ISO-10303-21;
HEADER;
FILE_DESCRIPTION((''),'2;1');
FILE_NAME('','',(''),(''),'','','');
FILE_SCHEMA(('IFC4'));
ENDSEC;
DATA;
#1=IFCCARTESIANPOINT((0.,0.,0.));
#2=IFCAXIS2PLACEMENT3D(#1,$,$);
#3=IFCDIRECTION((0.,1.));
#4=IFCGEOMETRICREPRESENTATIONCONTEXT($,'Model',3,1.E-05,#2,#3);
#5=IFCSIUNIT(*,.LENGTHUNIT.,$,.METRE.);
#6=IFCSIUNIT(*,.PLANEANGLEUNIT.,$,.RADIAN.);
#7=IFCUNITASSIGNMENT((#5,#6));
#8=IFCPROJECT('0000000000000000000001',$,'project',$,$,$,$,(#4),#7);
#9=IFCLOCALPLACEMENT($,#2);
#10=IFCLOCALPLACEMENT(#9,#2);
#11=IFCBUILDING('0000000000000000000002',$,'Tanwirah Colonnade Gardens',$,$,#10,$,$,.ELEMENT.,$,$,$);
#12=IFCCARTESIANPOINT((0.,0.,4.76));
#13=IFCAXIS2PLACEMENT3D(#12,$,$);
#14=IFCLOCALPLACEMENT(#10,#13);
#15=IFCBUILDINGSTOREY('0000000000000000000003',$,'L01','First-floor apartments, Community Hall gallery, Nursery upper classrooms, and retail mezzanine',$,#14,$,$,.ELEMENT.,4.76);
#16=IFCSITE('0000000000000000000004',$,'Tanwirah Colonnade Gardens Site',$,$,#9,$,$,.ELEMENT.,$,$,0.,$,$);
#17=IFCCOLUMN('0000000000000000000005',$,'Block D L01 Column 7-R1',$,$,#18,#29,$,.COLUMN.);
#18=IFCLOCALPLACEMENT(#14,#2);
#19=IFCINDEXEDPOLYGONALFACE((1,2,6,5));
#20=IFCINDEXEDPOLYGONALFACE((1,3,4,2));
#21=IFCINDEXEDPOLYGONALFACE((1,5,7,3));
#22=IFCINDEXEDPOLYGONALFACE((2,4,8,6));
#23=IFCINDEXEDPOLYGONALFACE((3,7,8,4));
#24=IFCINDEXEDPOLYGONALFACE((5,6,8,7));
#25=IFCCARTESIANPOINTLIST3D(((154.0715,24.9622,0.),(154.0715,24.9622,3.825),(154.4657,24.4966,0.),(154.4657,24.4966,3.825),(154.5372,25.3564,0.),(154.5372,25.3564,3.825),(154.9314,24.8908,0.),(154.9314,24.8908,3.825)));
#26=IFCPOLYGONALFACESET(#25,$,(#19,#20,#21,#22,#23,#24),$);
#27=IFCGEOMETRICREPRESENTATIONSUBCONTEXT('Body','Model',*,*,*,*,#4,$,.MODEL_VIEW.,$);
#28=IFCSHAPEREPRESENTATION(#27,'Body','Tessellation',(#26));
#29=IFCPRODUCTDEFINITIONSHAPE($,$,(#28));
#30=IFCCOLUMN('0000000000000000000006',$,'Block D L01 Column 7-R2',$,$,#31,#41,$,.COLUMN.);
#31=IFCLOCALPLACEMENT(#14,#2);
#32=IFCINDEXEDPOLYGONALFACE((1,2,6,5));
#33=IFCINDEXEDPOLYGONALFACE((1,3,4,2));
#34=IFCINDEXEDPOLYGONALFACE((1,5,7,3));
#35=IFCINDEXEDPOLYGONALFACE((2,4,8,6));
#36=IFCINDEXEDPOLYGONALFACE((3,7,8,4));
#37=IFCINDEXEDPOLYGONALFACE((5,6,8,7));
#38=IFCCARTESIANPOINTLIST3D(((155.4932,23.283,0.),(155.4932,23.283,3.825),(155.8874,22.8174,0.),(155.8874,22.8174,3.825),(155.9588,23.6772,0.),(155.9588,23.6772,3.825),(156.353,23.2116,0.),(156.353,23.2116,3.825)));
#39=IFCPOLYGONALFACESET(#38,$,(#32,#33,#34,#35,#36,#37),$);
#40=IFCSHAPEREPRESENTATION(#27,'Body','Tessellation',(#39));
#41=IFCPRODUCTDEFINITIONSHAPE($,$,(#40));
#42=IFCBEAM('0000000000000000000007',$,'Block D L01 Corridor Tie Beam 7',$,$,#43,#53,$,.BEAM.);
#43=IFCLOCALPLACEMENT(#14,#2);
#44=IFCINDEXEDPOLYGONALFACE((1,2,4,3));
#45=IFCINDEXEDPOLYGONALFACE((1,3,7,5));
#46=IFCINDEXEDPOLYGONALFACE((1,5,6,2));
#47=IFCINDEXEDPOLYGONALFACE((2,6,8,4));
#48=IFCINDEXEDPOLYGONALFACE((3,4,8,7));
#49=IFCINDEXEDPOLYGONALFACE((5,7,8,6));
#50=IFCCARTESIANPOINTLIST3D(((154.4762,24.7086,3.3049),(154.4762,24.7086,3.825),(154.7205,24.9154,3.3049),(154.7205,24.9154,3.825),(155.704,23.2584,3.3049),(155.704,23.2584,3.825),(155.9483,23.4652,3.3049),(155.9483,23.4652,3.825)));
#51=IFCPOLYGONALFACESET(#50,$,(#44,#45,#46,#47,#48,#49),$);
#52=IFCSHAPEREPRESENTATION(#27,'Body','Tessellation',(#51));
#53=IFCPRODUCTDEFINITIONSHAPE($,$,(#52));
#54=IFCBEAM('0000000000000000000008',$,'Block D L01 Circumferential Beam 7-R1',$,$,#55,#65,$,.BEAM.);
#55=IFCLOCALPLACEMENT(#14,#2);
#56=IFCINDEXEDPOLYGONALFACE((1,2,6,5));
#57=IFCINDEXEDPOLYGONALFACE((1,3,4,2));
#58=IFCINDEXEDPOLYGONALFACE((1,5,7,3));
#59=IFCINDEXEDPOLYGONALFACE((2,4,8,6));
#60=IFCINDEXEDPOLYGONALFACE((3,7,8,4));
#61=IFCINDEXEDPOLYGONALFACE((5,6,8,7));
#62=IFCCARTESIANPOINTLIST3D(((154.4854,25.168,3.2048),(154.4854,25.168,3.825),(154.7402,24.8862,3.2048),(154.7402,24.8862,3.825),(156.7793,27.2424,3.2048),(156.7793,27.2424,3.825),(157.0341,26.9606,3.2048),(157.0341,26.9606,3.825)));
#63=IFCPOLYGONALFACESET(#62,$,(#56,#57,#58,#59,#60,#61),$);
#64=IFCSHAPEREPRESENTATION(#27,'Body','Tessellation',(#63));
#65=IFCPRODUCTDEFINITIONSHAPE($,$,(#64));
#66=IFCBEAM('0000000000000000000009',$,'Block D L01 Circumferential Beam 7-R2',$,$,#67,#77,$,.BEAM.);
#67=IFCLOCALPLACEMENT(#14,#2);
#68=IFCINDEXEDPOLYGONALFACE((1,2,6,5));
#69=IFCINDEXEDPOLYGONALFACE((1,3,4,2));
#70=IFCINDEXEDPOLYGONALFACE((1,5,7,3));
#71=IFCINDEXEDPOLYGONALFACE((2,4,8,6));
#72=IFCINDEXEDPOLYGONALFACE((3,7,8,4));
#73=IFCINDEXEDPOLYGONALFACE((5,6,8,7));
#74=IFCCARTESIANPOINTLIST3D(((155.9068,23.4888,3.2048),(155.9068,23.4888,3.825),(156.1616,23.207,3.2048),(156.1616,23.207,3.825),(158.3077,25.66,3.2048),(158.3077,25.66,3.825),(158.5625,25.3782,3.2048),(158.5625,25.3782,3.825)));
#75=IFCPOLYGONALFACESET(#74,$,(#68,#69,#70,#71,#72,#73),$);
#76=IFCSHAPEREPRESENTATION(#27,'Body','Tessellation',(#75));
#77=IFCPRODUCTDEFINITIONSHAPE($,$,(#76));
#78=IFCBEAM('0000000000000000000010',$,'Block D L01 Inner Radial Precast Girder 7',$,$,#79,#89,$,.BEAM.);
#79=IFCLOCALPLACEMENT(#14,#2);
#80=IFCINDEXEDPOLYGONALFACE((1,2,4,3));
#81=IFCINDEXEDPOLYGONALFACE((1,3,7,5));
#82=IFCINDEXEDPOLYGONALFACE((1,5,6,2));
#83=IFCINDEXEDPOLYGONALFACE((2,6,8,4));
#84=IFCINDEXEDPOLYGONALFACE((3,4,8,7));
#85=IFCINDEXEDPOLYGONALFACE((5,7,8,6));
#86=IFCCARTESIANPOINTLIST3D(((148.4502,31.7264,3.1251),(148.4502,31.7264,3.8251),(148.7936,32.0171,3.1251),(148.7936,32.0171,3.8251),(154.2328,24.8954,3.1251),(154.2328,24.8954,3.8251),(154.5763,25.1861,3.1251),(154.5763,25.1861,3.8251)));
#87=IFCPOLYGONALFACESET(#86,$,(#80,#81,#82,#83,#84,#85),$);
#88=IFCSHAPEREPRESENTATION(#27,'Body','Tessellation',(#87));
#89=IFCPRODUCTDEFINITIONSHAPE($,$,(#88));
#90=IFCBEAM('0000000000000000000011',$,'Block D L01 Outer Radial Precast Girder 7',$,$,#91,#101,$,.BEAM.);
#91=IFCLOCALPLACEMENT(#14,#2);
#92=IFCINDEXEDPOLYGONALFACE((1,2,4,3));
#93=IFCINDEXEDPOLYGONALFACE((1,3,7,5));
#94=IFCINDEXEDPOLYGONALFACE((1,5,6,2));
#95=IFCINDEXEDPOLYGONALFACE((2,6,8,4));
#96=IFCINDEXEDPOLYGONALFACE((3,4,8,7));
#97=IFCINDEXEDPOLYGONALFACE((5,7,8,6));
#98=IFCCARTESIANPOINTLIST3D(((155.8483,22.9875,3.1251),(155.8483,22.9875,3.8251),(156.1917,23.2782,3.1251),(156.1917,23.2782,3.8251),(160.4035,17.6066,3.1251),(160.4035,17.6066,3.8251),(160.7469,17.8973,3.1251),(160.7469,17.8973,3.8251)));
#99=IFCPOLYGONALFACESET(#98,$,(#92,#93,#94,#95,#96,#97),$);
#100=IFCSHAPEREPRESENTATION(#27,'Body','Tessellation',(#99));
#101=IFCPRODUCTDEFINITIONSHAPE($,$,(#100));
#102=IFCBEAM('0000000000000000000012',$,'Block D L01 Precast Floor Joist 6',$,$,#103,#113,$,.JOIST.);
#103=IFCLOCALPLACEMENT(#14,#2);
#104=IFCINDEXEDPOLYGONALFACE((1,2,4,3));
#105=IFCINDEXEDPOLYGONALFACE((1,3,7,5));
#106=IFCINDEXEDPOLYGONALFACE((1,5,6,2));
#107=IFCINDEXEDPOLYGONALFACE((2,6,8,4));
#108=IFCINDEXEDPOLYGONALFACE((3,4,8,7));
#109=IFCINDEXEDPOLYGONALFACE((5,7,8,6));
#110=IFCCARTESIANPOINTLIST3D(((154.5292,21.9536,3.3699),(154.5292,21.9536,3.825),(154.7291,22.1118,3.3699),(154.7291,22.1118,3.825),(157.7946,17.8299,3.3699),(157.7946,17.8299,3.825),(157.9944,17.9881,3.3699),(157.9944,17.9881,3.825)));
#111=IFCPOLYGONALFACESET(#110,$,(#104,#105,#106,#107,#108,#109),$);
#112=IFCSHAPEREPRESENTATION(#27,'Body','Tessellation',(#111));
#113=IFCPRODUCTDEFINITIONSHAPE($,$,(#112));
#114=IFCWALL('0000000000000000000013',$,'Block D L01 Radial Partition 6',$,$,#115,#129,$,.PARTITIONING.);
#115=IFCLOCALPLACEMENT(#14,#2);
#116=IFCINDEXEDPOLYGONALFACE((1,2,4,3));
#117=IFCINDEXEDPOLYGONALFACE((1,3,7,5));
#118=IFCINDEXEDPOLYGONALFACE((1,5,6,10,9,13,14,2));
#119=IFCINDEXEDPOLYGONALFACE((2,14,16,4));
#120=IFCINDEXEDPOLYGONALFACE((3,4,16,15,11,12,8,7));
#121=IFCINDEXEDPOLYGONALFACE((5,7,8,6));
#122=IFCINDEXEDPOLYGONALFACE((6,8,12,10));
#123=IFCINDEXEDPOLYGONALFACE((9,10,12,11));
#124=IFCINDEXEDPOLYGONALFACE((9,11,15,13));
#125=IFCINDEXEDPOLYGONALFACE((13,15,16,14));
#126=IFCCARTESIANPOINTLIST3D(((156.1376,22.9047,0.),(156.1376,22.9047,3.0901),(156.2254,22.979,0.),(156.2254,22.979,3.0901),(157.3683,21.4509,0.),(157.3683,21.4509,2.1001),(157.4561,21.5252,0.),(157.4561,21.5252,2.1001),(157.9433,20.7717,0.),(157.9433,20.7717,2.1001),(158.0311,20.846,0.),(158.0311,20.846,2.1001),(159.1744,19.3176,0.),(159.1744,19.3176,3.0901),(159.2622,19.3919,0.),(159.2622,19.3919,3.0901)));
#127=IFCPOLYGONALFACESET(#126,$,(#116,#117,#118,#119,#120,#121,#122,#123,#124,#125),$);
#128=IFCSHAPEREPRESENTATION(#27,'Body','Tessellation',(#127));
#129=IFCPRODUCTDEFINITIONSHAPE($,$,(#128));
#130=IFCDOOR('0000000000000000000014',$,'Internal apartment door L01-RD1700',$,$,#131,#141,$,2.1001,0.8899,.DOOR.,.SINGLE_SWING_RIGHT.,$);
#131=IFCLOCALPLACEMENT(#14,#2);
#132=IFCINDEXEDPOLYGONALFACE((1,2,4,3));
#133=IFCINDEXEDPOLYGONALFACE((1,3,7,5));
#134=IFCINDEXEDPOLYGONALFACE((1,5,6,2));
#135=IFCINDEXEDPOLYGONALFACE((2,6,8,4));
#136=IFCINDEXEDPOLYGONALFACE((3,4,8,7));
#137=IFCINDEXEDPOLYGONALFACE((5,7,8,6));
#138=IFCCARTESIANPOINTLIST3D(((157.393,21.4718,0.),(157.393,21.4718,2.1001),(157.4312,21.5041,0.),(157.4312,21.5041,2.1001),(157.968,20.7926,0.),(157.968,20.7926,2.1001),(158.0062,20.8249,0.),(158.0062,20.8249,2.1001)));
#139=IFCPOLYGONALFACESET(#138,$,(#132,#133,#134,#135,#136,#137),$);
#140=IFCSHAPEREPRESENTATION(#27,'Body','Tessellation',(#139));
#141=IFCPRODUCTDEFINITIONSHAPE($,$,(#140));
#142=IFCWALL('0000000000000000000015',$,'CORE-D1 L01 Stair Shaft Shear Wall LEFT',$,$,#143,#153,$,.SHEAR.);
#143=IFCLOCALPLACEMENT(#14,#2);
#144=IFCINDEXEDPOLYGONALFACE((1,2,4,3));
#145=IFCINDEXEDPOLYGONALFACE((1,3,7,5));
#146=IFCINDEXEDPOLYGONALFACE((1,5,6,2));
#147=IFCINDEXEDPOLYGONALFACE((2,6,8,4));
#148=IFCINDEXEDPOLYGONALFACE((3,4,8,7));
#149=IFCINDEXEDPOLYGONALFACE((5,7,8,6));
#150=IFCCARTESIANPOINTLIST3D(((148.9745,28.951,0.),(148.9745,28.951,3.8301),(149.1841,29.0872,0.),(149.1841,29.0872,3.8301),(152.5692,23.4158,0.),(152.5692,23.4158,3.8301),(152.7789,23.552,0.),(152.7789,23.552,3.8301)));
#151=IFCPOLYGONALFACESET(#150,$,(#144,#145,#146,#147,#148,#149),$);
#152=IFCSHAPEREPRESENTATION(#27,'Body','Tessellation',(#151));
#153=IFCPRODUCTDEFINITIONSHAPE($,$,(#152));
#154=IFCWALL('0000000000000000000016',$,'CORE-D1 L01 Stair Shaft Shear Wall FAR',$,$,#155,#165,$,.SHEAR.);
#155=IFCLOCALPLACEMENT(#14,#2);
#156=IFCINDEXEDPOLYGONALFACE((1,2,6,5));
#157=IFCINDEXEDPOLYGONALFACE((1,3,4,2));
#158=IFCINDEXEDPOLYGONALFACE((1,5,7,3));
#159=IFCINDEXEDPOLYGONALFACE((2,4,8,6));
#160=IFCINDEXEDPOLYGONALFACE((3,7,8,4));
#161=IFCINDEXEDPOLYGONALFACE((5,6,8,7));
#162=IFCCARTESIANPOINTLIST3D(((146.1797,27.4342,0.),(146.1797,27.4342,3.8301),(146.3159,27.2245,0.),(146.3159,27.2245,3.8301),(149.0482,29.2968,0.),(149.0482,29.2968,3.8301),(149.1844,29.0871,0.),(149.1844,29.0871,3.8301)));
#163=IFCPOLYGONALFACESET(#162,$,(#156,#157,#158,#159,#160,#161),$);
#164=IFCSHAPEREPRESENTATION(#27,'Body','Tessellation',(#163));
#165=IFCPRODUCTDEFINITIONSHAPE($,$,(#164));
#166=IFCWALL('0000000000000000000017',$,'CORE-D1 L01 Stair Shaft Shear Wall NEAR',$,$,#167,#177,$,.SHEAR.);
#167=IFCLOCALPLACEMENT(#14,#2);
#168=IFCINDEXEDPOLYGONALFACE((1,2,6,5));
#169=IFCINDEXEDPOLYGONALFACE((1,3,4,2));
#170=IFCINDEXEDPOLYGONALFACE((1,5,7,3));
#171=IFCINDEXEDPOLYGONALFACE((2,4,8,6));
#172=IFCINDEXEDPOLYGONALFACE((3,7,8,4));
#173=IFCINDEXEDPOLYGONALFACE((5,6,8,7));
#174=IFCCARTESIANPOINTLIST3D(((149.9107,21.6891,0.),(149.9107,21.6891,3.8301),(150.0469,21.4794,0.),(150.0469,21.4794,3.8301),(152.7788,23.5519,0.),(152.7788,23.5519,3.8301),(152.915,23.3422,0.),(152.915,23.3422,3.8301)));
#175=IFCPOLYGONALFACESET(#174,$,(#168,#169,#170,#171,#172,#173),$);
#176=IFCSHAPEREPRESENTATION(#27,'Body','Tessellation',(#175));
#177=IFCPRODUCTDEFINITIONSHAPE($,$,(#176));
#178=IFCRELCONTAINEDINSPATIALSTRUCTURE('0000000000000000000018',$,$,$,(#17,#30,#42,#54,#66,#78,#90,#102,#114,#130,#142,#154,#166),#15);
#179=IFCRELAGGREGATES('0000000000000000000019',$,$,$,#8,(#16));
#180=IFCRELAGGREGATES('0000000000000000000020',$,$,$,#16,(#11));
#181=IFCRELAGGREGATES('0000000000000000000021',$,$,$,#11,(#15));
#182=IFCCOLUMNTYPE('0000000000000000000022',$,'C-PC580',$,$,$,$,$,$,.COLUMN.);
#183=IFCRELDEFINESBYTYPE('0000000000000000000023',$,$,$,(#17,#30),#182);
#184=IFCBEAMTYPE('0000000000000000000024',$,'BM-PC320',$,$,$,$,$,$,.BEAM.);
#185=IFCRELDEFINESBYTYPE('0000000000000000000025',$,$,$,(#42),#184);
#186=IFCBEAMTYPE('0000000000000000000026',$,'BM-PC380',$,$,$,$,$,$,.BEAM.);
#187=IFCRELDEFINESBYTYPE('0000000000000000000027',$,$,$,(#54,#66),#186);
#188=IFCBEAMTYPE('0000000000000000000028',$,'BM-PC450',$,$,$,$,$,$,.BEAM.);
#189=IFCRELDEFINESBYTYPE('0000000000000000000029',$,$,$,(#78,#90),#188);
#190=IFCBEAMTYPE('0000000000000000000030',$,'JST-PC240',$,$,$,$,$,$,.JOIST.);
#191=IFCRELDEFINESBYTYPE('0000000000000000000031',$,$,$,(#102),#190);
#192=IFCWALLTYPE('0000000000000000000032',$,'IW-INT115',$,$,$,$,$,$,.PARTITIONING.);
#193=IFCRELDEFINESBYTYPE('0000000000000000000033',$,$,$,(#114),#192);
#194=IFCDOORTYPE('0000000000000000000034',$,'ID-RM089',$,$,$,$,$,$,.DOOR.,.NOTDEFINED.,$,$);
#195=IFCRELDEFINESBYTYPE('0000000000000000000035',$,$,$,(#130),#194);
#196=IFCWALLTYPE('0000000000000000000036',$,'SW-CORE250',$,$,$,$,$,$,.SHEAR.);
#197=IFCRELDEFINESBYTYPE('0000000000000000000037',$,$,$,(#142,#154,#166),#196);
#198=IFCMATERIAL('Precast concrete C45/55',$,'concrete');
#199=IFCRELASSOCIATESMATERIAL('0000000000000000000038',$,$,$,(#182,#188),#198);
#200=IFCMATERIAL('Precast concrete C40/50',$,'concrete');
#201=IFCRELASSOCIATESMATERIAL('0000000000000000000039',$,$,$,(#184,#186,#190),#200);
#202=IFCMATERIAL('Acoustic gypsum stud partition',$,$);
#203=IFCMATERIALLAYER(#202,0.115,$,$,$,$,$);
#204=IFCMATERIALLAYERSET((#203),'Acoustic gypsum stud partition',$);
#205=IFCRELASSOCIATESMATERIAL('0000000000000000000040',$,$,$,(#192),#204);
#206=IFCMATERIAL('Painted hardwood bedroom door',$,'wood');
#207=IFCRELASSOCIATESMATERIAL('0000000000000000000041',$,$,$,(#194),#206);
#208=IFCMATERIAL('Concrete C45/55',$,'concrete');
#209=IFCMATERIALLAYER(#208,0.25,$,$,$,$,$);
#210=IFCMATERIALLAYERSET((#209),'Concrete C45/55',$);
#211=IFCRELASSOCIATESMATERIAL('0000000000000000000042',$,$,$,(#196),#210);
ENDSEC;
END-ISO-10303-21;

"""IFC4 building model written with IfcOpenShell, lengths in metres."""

from ifc_helpers import new_model, si_unit, direction, frame, frame_2d, origin, origin_2d, place, context, subcontext, project, spatial, rectangle, extrude, material, layer, layer_set, material_profile, profile_set, type_object, element, fill, save


model = new_model("IFC4")

# Units and contexts
model_context = context("Model", 3, precision=1e-05, world=origin(), true_north=direction((0.0, 1.0)))
body_context = subcontext(model_context, "Body", "Model", "MODEL_VIEW")
ifc_project = project(units=[si_unit("LENGTHUNIT", "METRE"), si_unit("PLANEANGLEUNIT", "RADIAN")], contexts=[model_context])

# Site, building, storey
site_placement = place(None, origin())
site = spatial("IfcSite", under=ifc_project, at=site_placement, Name="Tanwirah Colonnade Gardens Site", CompositionType="ELEMENT", RefElevation=0.0)
building_placement = place(site_placement, origin())
building = spatial("IfcBuilding", under=site, at=building_placement, Name="Tanwirah Colonnade Gardens", CompositionType="ELEMENT")
storey_placement = place(building_placement, frame((0.0, 0.0, 4.76)))
storey = spatial("IfcBuildingStorey", under=building, at=storey_placement, Name="L01", Description="First-floor apartments, Community Hall gallery, Nursery upper classrooms, and retail mezzanine", CompositionType="ELEMENT", Elevation=4.76)

# Columns
ifc_material_1 = material(Name="Precast concrete C45/55", Category="concrete")
ifc_material_profile_1 = material_profile(ifc_material_1, rectangle(XDim=0.6101, YDim=0.6101, at=origin_2d()), Name="PC-COL 610x610")
ifc_profile_set_1 = profile_set([ifc_material_profile_1], Name="Precast concrete C45/55")
column_type = type_object("IfcColumnType", Name="C-PC580", PredefinedType="COLUMN", material=ifc_profile_set_1)
for number, where, z_axis, x_axis, name in (
    (1, (154.5015, 24.9265, 0.0), (0.0, 0.0, 1.0), (0.646124, -0.763232, 0.0), "Block D L01 Column 7-R1"),
    (2, (155.9231, 23.2473, 0.0), (0.0, 0.0, 1.0), (0.646124, -0.763232, 0.0), "Block D L01 Column 7-R2"),
):
    element("IfcColumn", number, at=place(storey_placement, frame(where, z_axis=z_axis, x_axis=x_axis)), inside=storey, type_object=column_type, Name=name, PredefinedType="COLUMN", context=body_context, shape_type="SweptSolid", body=[
        extrude(rectangle(XDim=0.6101, YDim=0.6101, at=origin_2d()), origin(), (0.0, 0.0, 1.0), 3.825),
    ])

# Beams
ifc_material_2 = material(Name="Precast concrete C40/50", Category="concrete")
ifc_material_profile_2 = material_profile(ifc_material_2, rectangle(XDim=0.3201, YDim=0.52, at=origin_2d()), Name="PC-BM 320x520")
ifc_profile_set_2 = profile_set([ifc_material_profile_2], Name="Precast concrete C40/50")
beam_type_1 = type_object("IfcBeamType", Name="BM-PC320", PredefinedType="BEAM", material=ifc_profile_set_2)
beam_1_placement = place(storey_placement, frame((154.5984, 24.812, 3.5649), z_axis=(0.646155, -0.763206, 0.0), x_axis=(0.763206, 0.646155, 0.0)))
element("IfcBeam", 3, at=beam_1_placement, inside=storey, type_object=beam_type_1, Name="Block D L01 Corridor Tie Beam 7", PredefinedType="BEAM", context=body_context, shape_type="SweptSolid", body=[
    extrude(rectangle(XDim=0.3201, YDim=0.52, at=origin_2d()), origin(), (0.0, 0.0, 1.0), 1.9001),
])
ifc_material_profile_3 = material_profile(ifc_material_2, rectangle(XDim=0.3799, YDim=0.6201, at=origin_2d()), Name="PC-BM 380x620")
ifc_profile_set_3 = profile_set([ifc_material_profile_3], Name="Precast concrete C40/50")
beam_type_2 = type_object("IfcBeamType", Name="BM-PC380", PredefinedType="BEAM", material=ifc_profile_set_3)
beam_2_placement = place(storey_placement, frame((154.6128, 25.0271, 3.5149), z_axis=(0.741698, 0.670733, 0.0), x_axis=(-0.670733, 0.741698, 0.0)))
element("IfcBeam", 4, at=beam_2_placement, inside=storey, type_object=beam_type_2, Name="Block D L01 Circumferential Beam 7-R1", PredefinedType="BEAM", context=body_context, shape_type="SweptSolid", body=[
    extrude(rectangle(XDim=0.3799, YDim=0.6201, at=origin_2d()), origin(), (0.0, 0.0, 1.0), 3.0928),
])
beam_3_placement = place(storey_placement, frame((156.0342, 23.3479, 3.5149), z_axis=(0.741702, 0.67073, 0.0), x_axis=(-0.67073, 0.741702, 0.0)))
element("IfcBeam", 5, at=beam_3_placement, inside=storey, type_object=beam_type_2, Name="Block D L01 Circumferential Beam 7-R2", PredefinedType="BEAM", context=body_context, shape_type="SweptSolid", body=[
    extrude(rectangle(XDim=0.3799, YDim=0.6201, at=origin_2d()), origin(), (0.0, 0.0, 1.0), 3.2371),
])
ifc_material_profile_4 = material_profile(ifc_material_1, rectangle(XDim=0.45, YDim=0.7, at=origin_2d()), Name="PC-BM 450x700")
ifc_profile_set_4 = profile_set([ifc_material_profile_4], Name="Precast concrete C45/55")
beam_type_3 = type_object("IfcBeamType", Name="BM-PC450", PredefinedType="BEAM", material=ifc_profile_set_4)
beam_4_placement = place(storey_placement, frame((154.4045, 25.0408, 3.4751), z_axis=(-0.646111, 0.763243, 0.0), x_axis=(-0.763243, -0.646111, 0.0)))
element("IfcBeam", 6, at=beam_4_placement, inside=storey, type_object=beam_type_3, Name="Block D L01 Inner Radial Precast Girder 7", PredefinedType="BEAM", context=body_context, shape_type="SweptSolid", body=[
    extrude(rectangle(XDim=0.45, YDim=0.7, at=origin_2d()), origin(), (0.0, 0.0, 1.0), 8.95),
])
beam_5_placement = place(storey_placement, frame((156.02, 23.1328, 3.4751), z_axis=(0.646119, -0.763237, 0.0), x_axis=(0.763237, 0.646119, 0.0)))
element("IfcBeam", 7, at=beam_5_placement, inside=storey, type_object=beam_type_3, Name="Block D L01 Outer Radial Precast Girder 7", PredefinedType="BEAM", context=body_context, shape_type="SweptSolid", body=[
    extrude(rectangle(XDim=0.45, YDim=0.7, at=origin_2d()), origin(), (0.0, 0.0, 1.0), 7.05),
])
ifc_material_profile_5 = material_profile(ifc_material_2, rectangle(XDim=0.2549, YDim=0.4551, at=origin_2d()), Name="PC-JST 255x455")
ifc_profile_set_5 = profile_set([ifc_material_profile_5], Name="Precast concrete C40/50")
beam_type_4 = type_object("IfcBeamType", Name="JST-PC240", PredefinedType="JOIST", material=ifc_profile_set_5)
beam_6_placement = place(storey_placement, frame((154.6292, 22.0327, 3.5974), z_axis=(0.620787, -0.783979, 0.0), x_axis=(0.783979, 0.620787, 0.0)))
element("IfcBeam", 8, at=beam_6_placement, inside=storey, type_object=beam_type_4, Name="Block D L01 Precast Floor Joist 6", PredefinedType="JOIST", context=body_context, shape_type="SweptSolid", body=[
    extrude(rectangle(XDim=0.2549, YDim=0.4551, at=origin_2d()), origin(), (0.0, 0.0, 1.0), 5.26),
])

# Wall, opening, door
ifc_material_3 = material(Name="Acoustic gypsum stud partition")
ifc_layer_1 = layer(ifc_material_3, 0.115)
ifc_layer_set_1 = layer_set([ifc_layer_1], Name="Acoustic gypsum stud partition")
wall_type_1 = type_object("IfcWallType", Name="IW-INT115", PredefinedType="PARTITIONING", material=ifc_layer_set_1)
wall_1_placement = place(storey_placement, frame((156.1814, 22.9419, 0.0), z_axis=(0.0, 0.0, 1.0), x_axis=(0.646138, -0.763221, 0.0)))
wall_1 = element("IfcWall", 9, at=wall_1_placement, inside=storey, type_object=wall_type_1, Name="Block D L01 Radial Partition 6", PredefinedType="PARTITIONING", context=body_context, shape_type="SweptSolid", body=[
    extrude(rectangle(XDim=4.7, YDim=0.115, at=frame_2d((2.3501, 0.0))), origin(), (0.0, 0.0, 1.0), 3.0901),
])
opening_1_placement = place(wall_1_placement, frame((1.905, 0.0, 0.0)))
opening_1 = element("IfcOpeningElement", 10, at=opening_1_placement, cuts=wall_1, PredefinedType="OPENING", context=body_context, shape_type="SweptSolid", body=[
    extrude(rectangle(XDim=0.8899, YDim=2.1001, at=frame_2d((0.4448, 1.05))), frame((0.0, 0.0674, 0.0), z_axis=(0.0, -1.0, 0.0), x_axis=(1.0, 0.0, 0.0)), (0.0, 0.0, 1.0), 0.135),
])
ifc_material_4 = material(Name="Painted hardwood bedroom door", Category="wood")
door_type_1 = type_object("IfcDoorType", Name="ID-RM089", OperationType="NOTDEFINED", PredefinedType="DOOR", material=ifc_material_4)
door_1_placement = place(opening_1_placement, origin())
door_1 = element("IfcDoor", 11, at=door_1_placement, inside=storey, type_object=door_type_1, Name="Internal apartment door L01-RD1700", OperationType="SINGLE_SWING_RIGHT", OverallHeight=2.1001, OverallWidth=0.8899, PredefinedType="DOOR", context=body_context, shape_type="SweptSolid", body=[
    extrude(rectangle(XDim=0.8899, YDim=2.1001, at=frame_2d((0.4448, 1.05))), frame((0.0, 0.0249, 0.0), z_axis=(0.0, -1.0, 0.0), x_axis=(1.0, 0.0, 0.0)), (0.0, 0.0, 1.0), 0.05),
])
fill(opening_1, door_1)

# Walls
ifc_material_5 = material(Name="Concrete C45/55", Category="concrete")
ifc_layer_2 = layer(ifc_material_5, 0.25)
ifc_layer_set_2 = layer_set([ifc_layer_2], Name="Concrete C45/55")
wall_type_2 = type_object("IfcWallType", Name="SW-CORE250", PredefinedType="SHEAR", material=ifc_layer_set_2)
wall_2_placement = place(storey_placement, frame((152.6741, 23.4839, 0.0), z_axis=(0.0, 0.0, 1.0), x_axis=(-0.544655, 0.83866, 0.0)))
element("IfcWall", 12, at=wall_2_placement, inside=storey, type_object=wall_type_2, Name="CORE-D1 L01 Stair Shaft Shear Wall LEFT", PredefinedType="SHEAR", context=body_context, shape_type="SweptSolid", body=[
    extrude(rectangle(XDim=6.6001, YDim=0.25, at=frame_2d((3.3, 0.0))), origin(), (0.0, 0.0, 1.0), 3.8301),
])
wall_3_placement = place(storey_placement, frame((149.1162, 29.1919, 0.0), z_axis=(0.0, 0.0, 1.0), x_axis=(-0.8387, -0.544594, 0.0)))
element("IfcWall", 13, at=wall_3_placement, inside=storey, type_object=wall_type_2, Name="CORE-D1 L01 Stair Shaft Shear Wall FAR", PredefinedType="SHEAR", context=body_context, shape_type="SweptSolid", body=[
    extrude(rectangle(XDim=3.4202, YDim=0.25, at=frame_2d((1.71, 0.0))), origin(), (0.0, 0.0, 1.0), 3.8301),
])
wall_4_placement = place(storey_placement, frame((152.8469, 23.447, 0.0), z_axis=(0.0, 0.0, 1.0), x_axis=(-0.838646, -0.544677, 0.0)))
element("IfcWall", 14, at=wall_4_placement, inside=storey, type_object=wall_type_2, Name="CORE-D1 L01 Stair Shaft Shear Wall NEAR", PredefinedType="SHEAR", context=body_context, shape_type="SweptSolid", body=[
    extrude(rectangle(XDim=3.4199, YDim=0.25, at=frame_2d((1.71, 0.0))), origin(), (0.0, 0.0, 1.0), 3.8301),
])

save(model, "model.ifc")
